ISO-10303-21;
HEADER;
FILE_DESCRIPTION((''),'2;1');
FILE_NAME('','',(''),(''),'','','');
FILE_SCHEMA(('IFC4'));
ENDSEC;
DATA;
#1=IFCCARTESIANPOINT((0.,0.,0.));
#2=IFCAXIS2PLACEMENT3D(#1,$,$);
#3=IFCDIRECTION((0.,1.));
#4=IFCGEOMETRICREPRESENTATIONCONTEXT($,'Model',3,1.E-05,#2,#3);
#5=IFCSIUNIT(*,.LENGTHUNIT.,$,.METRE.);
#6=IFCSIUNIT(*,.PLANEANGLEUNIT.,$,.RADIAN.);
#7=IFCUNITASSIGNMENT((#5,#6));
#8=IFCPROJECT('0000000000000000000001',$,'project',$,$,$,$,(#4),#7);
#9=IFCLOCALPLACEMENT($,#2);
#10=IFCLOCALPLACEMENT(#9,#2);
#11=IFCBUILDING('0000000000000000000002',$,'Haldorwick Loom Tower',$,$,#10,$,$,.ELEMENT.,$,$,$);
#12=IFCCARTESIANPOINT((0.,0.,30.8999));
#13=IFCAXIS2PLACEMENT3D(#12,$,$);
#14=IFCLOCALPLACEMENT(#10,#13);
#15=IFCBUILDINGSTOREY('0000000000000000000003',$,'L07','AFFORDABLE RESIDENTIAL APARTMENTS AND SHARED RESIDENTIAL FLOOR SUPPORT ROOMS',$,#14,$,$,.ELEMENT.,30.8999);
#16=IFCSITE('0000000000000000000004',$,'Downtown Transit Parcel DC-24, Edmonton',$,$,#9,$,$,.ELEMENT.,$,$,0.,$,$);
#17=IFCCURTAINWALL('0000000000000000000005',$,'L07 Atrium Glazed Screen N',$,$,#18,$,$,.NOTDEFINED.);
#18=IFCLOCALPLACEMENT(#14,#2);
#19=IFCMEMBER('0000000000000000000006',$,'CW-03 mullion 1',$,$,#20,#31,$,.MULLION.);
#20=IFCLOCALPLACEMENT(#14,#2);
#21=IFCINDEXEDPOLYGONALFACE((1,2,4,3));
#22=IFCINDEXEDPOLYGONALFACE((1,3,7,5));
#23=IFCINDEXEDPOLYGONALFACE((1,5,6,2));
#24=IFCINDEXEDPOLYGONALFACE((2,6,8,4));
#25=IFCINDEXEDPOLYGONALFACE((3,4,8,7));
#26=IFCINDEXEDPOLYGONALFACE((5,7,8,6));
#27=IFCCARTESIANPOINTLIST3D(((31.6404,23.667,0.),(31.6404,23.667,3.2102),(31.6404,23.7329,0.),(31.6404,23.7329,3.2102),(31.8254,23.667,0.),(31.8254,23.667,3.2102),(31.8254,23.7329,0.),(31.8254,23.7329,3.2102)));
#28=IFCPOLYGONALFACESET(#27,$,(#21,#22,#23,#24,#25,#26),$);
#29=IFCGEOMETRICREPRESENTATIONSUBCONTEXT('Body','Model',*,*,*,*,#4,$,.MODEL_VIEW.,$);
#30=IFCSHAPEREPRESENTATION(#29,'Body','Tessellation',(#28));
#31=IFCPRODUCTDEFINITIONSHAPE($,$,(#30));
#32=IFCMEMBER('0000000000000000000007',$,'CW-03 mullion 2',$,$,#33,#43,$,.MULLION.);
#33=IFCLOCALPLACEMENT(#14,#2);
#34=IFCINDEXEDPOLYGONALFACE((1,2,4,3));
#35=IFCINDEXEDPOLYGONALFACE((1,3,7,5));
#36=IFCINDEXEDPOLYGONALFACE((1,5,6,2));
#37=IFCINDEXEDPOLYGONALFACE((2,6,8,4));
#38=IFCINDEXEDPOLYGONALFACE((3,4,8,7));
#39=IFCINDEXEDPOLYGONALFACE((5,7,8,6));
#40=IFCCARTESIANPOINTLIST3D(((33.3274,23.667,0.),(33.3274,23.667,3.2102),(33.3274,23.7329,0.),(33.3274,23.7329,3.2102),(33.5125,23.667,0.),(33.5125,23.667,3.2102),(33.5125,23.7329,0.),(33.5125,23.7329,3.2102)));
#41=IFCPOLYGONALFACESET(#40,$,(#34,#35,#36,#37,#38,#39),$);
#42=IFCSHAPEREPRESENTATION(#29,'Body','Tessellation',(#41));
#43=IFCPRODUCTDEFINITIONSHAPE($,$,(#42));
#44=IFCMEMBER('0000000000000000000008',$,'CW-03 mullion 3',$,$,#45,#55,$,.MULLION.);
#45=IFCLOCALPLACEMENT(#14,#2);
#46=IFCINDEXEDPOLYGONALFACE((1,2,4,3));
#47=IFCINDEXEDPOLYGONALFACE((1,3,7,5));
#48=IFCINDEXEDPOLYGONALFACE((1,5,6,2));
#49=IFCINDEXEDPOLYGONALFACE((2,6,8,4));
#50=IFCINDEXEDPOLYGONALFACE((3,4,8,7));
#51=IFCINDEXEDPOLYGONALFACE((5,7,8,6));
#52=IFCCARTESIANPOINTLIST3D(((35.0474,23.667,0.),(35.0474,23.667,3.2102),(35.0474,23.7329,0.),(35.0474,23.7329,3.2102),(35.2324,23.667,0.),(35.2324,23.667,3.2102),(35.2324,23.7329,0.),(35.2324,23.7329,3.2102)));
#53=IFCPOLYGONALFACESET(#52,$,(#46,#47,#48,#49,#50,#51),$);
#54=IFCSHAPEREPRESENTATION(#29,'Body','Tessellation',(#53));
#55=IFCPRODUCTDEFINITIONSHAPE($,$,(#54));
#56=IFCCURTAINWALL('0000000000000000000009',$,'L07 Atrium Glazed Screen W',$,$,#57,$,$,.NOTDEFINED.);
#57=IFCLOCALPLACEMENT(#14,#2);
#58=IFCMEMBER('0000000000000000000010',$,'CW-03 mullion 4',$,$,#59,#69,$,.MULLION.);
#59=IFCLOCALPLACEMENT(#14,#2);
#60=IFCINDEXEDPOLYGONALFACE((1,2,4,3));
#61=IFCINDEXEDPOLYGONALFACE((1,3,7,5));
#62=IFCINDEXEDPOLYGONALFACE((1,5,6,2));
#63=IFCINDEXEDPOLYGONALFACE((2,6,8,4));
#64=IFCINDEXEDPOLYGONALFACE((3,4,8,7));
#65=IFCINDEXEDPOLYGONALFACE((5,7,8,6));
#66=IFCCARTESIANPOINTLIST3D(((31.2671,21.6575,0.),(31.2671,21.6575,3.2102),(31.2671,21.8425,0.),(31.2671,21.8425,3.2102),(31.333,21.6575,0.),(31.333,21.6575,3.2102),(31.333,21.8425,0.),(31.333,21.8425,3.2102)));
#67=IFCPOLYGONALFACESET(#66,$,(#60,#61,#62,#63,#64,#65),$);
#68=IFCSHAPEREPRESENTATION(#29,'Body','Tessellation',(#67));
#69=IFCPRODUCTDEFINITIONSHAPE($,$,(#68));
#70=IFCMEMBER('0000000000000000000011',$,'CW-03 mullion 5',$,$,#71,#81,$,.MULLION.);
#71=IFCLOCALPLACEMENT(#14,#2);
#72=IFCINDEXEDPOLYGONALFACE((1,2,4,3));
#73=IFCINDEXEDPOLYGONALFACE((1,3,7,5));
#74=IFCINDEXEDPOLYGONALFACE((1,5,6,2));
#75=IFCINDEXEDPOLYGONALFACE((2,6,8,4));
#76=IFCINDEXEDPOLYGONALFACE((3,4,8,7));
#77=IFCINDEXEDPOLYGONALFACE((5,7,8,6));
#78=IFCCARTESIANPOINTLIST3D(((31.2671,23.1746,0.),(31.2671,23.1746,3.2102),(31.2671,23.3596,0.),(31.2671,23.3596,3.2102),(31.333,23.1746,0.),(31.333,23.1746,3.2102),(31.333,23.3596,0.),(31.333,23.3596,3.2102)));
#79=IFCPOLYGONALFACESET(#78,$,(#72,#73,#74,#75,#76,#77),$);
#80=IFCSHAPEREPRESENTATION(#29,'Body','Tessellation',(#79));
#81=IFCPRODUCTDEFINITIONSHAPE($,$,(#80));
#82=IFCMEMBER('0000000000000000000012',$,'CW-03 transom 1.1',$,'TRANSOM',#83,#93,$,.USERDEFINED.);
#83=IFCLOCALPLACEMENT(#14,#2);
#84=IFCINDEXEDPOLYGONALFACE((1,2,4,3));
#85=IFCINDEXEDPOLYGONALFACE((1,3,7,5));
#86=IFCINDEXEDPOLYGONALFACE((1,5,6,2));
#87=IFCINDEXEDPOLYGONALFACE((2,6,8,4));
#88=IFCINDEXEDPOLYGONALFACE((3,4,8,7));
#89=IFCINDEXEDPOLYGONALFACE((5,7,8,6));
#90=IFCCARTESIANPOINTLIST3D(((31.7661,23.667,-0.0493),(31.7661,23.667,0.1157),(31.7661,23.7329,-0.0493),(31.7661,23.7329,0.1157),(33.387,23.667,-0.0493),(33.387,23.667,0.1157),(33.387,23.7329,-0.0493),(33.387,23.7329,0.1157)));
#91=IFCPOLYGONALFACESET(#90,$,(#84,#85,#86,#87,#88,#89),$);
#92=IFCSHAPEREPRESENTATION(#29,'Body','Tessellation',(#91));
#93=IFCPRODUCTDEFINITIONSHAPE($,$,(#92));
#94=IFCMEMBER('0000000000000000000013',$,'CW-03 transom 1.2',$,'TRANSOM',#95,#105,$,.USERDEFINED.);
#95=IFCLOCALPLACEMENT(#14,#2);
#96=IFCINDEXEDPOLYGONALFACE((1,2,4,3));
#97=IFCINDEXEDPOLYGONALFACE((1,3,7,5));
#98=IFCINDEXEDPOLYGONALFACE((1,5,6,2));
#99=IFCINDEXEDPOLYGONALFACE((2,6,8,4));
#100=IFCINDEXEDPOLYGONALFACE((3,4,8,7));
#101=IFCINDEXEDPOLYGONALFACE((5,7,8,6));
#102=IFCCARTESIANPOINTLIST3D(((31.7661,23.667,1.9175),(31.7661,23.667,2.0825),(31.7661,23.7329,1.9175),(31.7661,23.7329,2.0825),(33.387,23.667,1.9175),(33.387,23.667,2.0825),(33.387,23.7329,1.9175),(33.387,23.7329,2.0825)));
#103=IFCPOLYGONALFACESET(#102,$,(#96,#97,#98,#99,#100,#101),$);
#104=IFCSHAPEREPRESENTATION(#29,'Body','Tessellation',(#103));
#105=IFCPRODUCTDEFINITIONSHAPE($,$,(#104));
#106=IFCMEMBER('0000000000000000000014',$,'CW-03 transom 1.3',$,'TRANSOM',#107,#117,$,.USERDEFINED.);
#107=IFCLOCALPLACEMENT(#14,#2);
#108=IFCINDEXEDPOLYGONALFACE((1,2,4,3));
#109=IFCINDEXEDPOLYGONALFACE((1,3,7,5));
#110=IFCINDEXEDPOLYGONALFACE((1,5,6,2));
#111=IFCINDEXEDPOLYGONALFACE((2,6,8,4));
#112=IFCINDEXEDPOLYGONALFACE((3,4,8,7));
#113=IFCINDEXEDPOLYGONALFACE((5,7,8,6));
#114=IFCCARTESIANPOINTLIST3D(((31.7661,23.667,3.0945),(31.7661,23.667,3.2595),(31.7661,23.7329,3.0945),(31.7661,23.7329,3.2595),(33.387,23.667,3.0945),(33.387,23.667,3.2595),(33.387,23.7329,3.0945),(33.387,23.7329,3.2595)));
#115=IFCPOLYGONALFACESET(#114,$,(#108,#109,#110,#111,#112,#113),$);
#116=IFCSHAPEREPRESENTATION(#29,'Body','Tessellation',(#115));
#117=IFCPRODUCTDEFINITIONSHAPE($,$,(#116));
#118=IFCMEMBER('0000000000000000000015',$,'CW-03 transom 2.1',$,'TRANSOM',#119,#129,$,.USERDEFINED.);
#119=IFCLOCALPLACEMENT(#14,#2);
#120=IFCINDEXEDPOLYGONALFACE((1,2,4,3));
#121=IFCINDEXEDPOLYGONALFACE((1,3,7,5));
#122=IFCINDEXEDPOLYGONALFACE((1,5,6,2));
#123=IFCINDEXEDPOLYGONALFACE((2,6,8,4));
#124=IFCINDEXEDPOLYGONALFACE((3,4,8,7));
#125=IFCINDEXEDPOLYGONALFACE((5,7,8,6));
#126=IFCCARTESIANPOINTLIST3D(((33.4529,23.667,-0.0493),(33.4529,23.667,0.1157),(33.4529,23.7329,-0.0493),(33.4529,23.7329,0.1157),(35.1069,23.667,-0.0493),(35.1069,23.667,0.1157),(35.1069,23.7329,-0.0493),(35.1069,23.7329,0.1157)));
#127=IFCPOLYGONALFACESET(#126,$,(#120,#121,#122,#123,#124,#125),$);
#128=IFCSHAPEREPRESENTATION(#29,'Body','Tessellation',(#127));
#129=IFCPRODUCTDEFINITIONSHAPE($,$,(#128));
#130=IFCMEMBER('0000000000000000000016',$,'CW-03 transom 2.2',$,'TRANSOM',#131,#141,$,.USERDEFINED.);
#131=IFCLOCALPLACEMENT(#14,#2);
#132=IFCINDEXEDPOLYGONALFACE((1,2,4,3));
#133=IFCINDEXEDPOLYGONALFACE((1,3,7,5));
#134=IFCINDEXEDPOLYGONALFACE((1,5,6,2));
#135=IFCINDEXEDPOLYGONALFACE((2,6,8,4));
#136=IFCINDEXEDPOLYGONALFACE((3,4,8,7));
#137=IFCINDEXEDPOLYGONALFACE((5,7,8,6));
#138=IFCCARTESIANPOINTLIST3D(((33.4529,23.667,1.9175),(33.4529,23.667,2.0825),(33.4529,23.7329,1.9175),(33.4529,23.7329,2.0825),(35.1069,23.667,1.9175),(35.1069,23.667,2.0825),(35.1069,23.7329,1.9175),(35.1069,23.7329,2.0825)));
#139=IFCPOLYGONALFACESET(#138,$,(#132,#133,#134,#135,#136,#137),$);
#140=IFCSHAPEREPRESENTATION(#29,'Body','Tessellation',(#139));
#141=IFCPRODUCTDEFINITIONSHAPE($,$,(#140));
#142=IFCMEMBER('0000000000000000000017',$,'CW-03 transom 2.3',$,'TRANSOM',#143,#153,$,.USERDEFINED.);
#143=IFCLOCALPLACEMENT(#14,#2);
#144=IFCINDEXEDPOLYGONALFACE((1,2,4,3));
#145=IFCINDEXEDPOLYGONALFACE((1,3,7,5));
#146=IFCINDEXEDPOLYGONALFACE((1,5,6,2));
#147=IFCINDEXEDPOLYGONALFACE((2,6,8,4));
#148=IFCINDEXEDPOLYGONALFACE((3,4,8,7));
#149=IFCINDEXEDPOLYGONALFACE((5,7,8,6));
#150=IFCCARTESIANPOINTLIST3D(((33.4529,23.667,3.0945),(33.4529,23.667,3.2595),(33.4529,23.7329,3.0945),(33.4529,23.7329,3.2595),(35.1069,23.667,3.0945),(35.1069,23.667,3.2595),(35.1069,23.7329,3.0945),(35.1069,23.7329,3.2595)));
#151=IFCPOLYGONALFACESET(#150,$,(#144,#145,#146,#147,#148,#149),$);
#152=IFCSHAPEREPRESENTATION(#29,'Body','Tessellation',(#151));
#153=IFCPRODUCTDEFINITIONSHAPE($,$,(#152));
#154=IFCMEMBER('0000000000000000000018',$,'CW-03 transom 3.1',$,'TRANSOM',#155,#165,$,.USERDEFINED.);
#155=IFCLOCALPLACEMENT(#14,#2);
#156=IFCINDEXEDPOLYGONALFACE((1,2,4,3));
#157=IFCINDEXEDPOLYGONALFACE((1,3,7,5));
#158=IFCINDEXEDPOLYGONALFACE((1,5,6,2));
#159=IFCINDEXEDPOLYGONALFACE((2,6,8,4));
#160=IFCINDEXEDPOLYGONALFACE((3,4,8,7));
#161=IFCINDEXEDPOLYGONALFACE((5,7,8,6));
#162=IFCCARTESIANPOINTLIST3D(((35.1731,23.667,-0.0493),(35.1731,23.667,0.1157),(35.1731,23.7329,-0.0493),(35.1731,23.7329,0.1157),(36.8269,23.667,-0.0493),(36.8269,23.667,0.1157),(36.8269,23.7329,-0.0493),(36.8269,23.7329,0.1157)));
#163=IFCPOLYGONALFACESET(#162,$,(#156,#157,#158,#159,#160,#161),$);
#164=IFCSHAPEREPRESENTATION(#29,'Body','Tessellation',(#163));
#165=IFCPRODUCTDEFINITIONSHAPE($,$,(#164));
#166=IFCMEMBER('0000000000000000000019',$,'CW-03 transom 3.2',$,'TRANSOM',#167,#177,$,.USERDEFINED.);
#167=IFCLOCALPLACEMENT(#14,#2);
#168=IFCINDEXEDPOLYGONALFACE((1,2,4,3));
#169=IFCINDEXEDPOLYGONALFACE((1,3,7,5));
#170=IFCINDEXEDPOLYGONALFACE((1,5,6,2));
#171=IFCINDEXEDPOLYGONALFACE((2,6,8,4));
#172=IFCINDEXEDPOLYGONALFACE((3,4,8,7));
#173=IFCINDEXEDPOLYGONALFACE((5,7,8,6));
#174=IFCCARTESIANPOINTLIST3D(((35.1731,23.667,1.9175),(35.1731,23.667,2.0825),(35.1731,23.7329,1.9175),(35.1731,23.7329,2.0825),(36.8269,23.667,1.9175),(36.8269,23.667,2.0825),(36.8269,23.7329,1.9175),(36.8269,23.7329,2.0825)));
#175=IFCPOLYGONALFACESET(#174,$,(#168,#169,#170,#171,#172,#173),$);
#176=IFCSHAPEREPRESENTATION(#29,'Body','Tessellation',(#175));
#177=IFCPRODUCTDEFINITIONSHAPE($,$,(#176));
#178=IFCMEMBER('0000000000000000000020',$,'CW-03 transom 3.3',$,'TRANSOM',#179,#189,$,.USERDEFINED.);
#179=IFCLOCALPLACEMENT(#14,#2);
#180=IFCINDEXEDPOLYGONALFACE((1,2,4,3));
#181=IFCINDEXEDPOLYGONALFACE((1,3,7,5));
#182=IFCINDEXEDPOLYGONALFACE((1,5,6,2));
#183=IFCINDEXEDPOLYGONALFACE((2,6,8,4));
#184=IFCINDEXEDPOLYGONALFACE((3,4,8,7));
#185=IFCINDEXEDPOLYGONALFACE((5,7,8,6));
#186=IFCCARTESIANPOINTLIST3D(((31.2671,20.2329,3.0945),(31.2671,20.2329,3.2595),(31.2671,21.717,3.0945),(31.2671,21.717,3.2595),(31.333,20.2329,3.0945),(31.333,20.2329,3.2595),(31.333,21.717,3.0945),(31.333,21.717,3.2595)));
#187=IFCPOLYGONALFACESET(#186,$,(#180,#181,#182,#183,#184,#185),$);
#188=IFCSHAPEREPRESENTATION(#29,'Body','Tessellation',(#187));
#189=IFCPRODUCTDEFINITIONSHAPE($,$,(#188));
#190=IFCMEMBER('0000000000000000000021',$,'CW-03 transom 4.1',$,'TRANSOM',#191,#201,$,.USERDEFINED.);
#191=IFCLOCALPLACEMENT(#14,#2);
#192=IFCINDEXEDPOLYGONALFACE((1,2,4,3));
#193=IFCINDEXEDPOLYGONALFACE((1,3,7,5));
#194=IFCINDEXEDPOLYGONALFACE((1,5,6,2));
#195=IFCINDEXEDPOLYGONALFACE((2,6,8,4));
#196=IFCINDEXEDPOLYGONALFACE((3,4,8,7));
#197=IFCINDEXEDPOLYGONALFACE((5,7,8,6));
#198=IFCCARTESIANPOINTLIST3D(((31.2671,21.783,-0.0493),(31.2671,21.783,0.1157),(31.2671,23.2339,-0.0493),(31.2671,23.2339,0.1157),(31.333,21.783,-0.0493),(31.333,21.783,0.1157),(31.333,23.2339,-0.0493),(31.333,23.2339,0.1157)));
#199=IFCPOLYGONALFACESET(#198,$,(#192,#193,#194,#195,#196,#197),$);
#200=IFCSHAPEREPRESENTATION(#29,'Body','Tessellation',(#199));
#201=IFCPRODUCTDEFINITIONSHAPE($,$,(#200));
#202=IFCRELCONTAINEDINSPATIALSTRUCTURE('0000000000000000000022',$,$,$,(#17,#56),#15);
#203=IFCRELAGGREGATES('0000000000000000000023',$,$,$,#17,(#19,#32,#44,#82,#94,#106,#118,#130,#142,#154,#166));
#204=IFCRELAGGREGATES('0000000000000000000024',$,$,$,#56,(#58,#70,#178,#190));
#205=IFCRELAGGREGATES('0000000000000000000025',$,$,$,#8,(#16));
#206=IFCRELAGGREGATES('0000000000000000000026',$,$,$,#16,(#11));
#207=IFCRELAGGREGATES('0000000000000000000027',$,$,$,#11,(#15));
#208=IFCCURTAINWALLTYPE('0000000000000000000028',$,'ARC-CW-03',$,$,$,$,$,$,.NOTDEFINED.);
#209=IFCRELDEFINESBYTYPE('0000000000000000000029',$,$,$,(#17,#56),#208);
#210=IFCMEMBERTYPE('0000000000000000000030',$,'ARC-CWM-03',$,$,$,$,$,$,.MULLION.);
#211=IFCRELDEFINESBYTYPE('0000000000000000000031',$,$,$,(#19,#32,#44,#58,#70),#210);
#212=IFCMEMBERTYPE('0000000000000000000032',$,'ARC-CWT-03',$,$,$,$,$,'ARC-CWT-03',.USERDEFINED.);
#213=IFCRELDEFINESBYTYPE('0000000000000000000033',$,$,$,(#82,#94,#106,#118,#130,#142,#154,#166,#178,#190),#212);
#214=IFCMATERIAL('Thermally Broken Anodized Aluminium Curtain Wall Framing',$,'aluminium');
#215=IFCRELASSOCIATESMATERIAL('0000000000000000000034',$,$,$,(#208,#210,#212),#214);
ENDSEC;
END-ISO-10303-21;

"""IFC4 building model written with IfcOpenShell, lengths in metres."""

from ifc_helpers import new_model, si_unit, direction, frame, origin, origin_2d, place, context, subcontext, project, spatial, rectangle, extrude, material, material_profile, profile_set, type_object, element, aggregate, save


model = new_model("IFC4")

# Units and contexts
model_context = context("Model", 3, precision=1e-05, world=origin(), true_north=direction((0.0, 1.0)))
body_context = subcontext(model_context, "Body", "Model", "MODEL_VIEW")
ifc_project = project(units=[si_unit("LENGTHUNIT", "METRE"), si_unit("PLANEANGLEUNIT", "RADIAN")], contexts=[model_context])

# Site, building, storey
site_placement = place(None, origin())
site = spatial("IfcSite", under=ifc_project, at=site_placement, Name="Downtown Transit Parcel DC-24, Edmonton", CompositionType="ELEMENT", RefElevation=0.0)
building_placement = place(site_placement, origin())
building = spatial("IfcBuilding", under=site, at=building_placement, Name="Haldorwick Loom Tower", CompositionType="ELEMENT")
storey_placement = place(building_placement, frame((0.0, 0.0, 30.8999)))
storey = spatial("IfcBuildingStorey", under=building, at=storey_placement, Name="L07", Description="AFFORDABLE RESIDENTIAL APARTMENTS AND SHARED RESIDENTIAL FLOOR SUPPORT ROOMS", CompositionType="ELEMENT", Elevation=30.8999)

# Curtain walls, members
ifc_material_1 = material(Name="Thermally Broken Anodized Aluminium Curtain Wall Framing", Category="aluminium")
curtain_wall_type = type_object("IfcCurtainWallType", Name="ARC-CW-03", PredefinedType="NOTDEFINED", material=ifc_material_1)
curtain_wall_1_placement = place(storey_placement, origin())
curtain_wall_1 = element("IfcCurtainWall", 1, at=curtain_wall_1_placement, inside=storey, type_object=curtain_wall_type, Name="L07 Atrium Glazed Screen N", PredefinedType="NOTDEFINED")
ifc_material_profile_1 = material_profile(ifc_material_1, rectangle(XDim=0.0659, YDim=0.1851, at=origin_2d()), Name="ALU_MUL_66X185", Category="aluminium")
ifc_profile_set_1 = profile_set([ifc_material_profile_1], Name="Thermally Broken Anodized Aluminium Curtain Wall Framing")
member_type_1 = type_object("IfcMemberType", Name="ARC-CWM-03", PredefinedType="MULLION", material=ifc_profile_set_1)
member_1_placement = place(storey_placement, frame((31.7329, 23.7, 0.0), z_axis=(0.0, 0.0, 1.0), x_axis=(0.0, 1.0, 0.0)))
member_1 = element("IfcMember", 2, at=member_1_placement, type_object=member_type_1, Name="CW-03 mullion 1", PredefinedType="MULLION", context=body_context, shape_type="SweptSolid", body=[
    extrude(rectangle(XDim=0.0659, YDim=0.1851, at=origin_2d()), origin(), (0.0, 0.0, 1.0), 3.2102),
])
member_2_placement = place(storey_placement, frame((33.4199, 23.7, 0.0), z_axis=(0.0, 0.0, 1.0), x_axis=(0.0, 1.0, 0.0)))
member_2 = element("IfcMember", 3, at=member_2_placement, type_object=member_type_1, Name="CW-03 mullion 2", PredefinedType="MULLION", context=body_context, shape_type="SweptSolid", body=[
    extrude(rectangle(XDim=0.0659, YDim=0.1851, at=origin_2d()), origin(), (0.0, 0.0, 1.0), 3.2102),
])
member_3_placement = place(storey_placement, frame((35.1399, 23.7, 0.0), z_axis=(0.0, 0.0, 1.0), x_axis=(0.0, 1.0, 0.0)))
member_3 = element("IfcMember", 4, at=member_3_placement, type_object=member_type_1, Name="CW-03 mullion 3", PredefinedType="MULLION", context=body_context, shape_type="SweptSolid", body=[
    extrude(rectangle(XDim=0.0659, YDim=0.1851, at=origin_2d()), origin(), (0.0, 0.0, 1.0), 3.2102),
])
curtain_wall_2_placement = place(storey_placement, origin())
curtain_wall_2 = element("IfcCurtainWall", 5, at=curtain_wall_2_placement, inside=storey, type_object=curtain_wall_type, Name="L07 Atrium Glazed Screen W", PredefinedType="NOTDEFINED")
member_4_placement = place(storey_placement, frame((31.3, 21.75, 0.0), z_axis=(0.0, 0.0, 1.0), x_axis=(-1.0, 0.0, 0.0)))
member_4 = element("IfcMember", 6, at=member_4_placement, type_object=member_type_1, Name="CW-03 mullion 4", PredefinedType="MULLION", context=body_context, shape_type="SweptSolid", body=[
    extrude(rectangle(XDim=0.0659, YDim=0.1851, at=origin_2d()), origin(), (0.0, 0.0, 1.0), 3.2102),
])
member_5_placement = place(storey_placement, frame((31.3, 23.2671, 0.0), z_axis=(0.0, 0.0, 1.0), x_axis=(-1.0, 0.0, 0.0)))
member_5 = element("IfcMember", 7, at=member_5_placement, type_object=member_type_1, Name="CW-03 mullion 5", PredefinedType="MULLION", context=body_context, shape_type="SweptSolid", body=[
    extrude(rectangle(XDim=0.0659, YDim=0.1851, at=origin_2d()), origin(), (0.0, 0.0, 1.0), 3.2102),
])

# Members
ifc_material_profile_2 = material_profile(ifc_material_1, rectangle(XDim=0.0659, YDim=0.165, at=origin_2d()), Name="ALU_TRN_66X165", Category="aluminium")
ifc_profile_set_2 = profile_set([ifc_material_profile_2], Name="Thermally Broken Anodized Aluminium Curtain Wall Framing")
member_type_2 = type_object("IfcMemberType", Name="ARC-CWT-03", ElementType="ARC-CWT-03", PredefinedType="USERDEFINED", material=ifc_profile_set_2)
member_6_placement = place(storey_placement, frame((31.7661, 23.7, 0.0332), z_axis=(1.0, 0.0, 0.0), x_axis=(0.0, 1.0, 0.0)))
member_6 = element("IfcMember", 8, at=member_6_placement, type_object=member_type_2, Name="CW-03 transom 1.1", ObjectType="TRANSOM", PredefinedType="USERDEFINED", context=body_context, shape_type="SweptSolid", body=[
    extrude(rectangle(XDim=0.0659, YDim=0.165, at=origin_2d()), origin(), (0.0, 0.0, 1.0), 1.6208),
])
member_7_placement = place(storey_placement, frame((31.7661, 23.7, 2.0), z_axis=(1.0, 0.0, 0.0), x_axis=(0.0, 1.0, 0.0)))
member_7 = element("IfcMember", 9, at=member_7_placement, type_object=member_type_2, Name="CW-03 transom 1.2", ObjectType="TRANSOM", PredefinedType="USERDEFINED", context=body_context, shape_type="SweptSolid", body=[
    extrude(rectangle(XDim=0.0659, YDim=0.165, at=origin_2d()), origin(), (0.0, 0.0, 1.0), 1.6208),
])
member_8_placement = place(storey_placement, frame((31.7661, 23.7, 3.177), z_axis=(1.0, 0.0, 0.0), x_axis=(0.0, 1.0, 0.0)))
member_8 = element("IfcMember", 10, at=member_8_placement, type_object=member_type_2, Name="CW-03 transom 1.3", ObjectType="TRANSOM", PredefinedType="USERDEFINED", context=body_context, shape_type="SweptSolid", body=[
    extrude(rectangle(XDim=0.0659, YDim=0.165, at=origin_2d()), origin(), (0.0, 0.0, 1.0), 1.6208),
])
member_9_placement = place(storey_placement, frame((33.4529, 23.7, 0.0332), z_axis=(1.0, 0.0, 0.0), x_axis=(0.0, 1.0, 0.0)))
member_9 = element("IfcMember", 11, at=member_9_placement, type_object=member_type_2, Name="CW-03 transom 2.1", ObjectType="TRANSOM", PredefinedType="USERDEFINED", context=body_context, shape_type="SweptSolid", body=[
    extrude(rectangle(XDim=0.0659, YDim=0.165, at=origin_2d()), origin(), (0.0, 0.0, 1.0), 1.6541),
])
member_10_placement = place(storey_placement, frame((33.4529, 23.7, 2.0), z_axis=(1.0, 0.0, 0.0), x_axis=(0.0, 1.0, 0.0)))
member_10 = element("IfcMember", 12, at=member_10_placement, type_object=member_type_2, Name="CW-03 transom 2.2", ObjectType="TRANSOM", PredefinedType="USERDEFINED", context=body_context, shape_type="SweptSolid", body=[
    extrude(rectangle(XDim=0.0659, YDim=0.165, at=origin_2d()), origin(), (0.0, 0.0, 1.0), 1.6541),
])
member_11_placement = place(storey_placement, frame((33.4529, 23.7, 3.177), z_axis=(1.0, 0.0, 0.0), x_axis=(0.0, 1.0, 0.0)))
member_11 = element("IfcMember", 13, at=member_11_placement, type_object=member_type_2, Name="CW-03 transom 2.3", ObjectType="TRANSOM", PredefinedType="USERDEFINED", context=body_context, shape_type="SweptSolid", body=[
    extrude(rectangle(XDim=0.0659, YDim=0.165, at=origin_2d()), origin(), (0.0, 0.0, 1.0), 1.6541),
])
member_12_placement = place(storey_placement, frame((35.1731, 23.7, 0.0332), z_axis=(1.0, 0.0, 0.0), x_axis=(0.0, 1.0, 0.0)))
member_12 = element("IfcMember", 14, at=member_12_placement, type_object=member_type_2, Name="CW-03 transom 3.1", ObjectType="TRANSOM", PredefinedType="USERDEFINED", context=body_context, shape_type="SweptSolid", body=[
    extrude(rectangle(XDim=0.0659, YDim=0.165, at=origin_2d()), origin(), (0.0, 0.0, 1.0), 1.6538),
])
member_13_placement = place(storey_placement, frame((35.1731, 23.7, 2.0), z_axis=(1.0, 0.0, 0.0), x_axis=(0.0, 1.0, 0.0)))
member_13 = element("IfcMember", 15, at=member_13_placement, type_object=member_type_2, Name="CW-03 transom 3.2", ObjectType="TRANSOM", PredefinedType="USERDEFINED", context=body_context, shape_type="SweptSolid", body=[
    extrude(rectangle(XDim=0.0659, YDim=0.165, at=origin_2d()), origin(), (0.0, 0.0, 1.0), 1.6538),
])
member_14_placement = place(storey_placement, frame((31.3, 20.2329, 3.177), z_axis=(0.0, 1.0, 0.0), x_axis=(-1.0, 0.0, 0.0)))
member_14 = element("IfcMember", 16, at=member_14_placement, type_object=member_type_2, Name="CW-03 transom 3.3", ObjectType="TRANSOM", PredefinedType="USERDEFINED", context=body_context, shape_type="SweptSolid", body=[
    extrude(rectangle(XDim=0.0659, YDim=0.165, at=origin_2d()), origin(), (0.0, 0.0, 1.0), 1.4841),
])
member_15_placement = place(storey_placement, frame((31.3, 21.783, 0.0332), z_axis=(0.0, 1.0, 0.0), x_axis=(-1.0, 0.0, 0.0)))
member_15 = element("IfcMember", 17, at=member_15_placement, type_object=member_type_2, Name="CW-03 transom 4.1", ObjectType="TRANSOM", PredefinedType="USERDEFINED", context=body_context, shape_type="SweptSolid", body=[
    extrude(rectangle(XDim=0.0659, YDim=0.165, at=origin_2d()), origin(), (0.0, 0.0, 1.0), 1.4509),
])

aggregate(curtain_wall_1, [member_1, member_2, member_3, member_6, member_7, member_8, member_9, member_10, member_11, member_12, member_13])
aggregate(curtain_wall_2, [member_4, member_5, member_14, member_15])

save(model, "model.ifc")
